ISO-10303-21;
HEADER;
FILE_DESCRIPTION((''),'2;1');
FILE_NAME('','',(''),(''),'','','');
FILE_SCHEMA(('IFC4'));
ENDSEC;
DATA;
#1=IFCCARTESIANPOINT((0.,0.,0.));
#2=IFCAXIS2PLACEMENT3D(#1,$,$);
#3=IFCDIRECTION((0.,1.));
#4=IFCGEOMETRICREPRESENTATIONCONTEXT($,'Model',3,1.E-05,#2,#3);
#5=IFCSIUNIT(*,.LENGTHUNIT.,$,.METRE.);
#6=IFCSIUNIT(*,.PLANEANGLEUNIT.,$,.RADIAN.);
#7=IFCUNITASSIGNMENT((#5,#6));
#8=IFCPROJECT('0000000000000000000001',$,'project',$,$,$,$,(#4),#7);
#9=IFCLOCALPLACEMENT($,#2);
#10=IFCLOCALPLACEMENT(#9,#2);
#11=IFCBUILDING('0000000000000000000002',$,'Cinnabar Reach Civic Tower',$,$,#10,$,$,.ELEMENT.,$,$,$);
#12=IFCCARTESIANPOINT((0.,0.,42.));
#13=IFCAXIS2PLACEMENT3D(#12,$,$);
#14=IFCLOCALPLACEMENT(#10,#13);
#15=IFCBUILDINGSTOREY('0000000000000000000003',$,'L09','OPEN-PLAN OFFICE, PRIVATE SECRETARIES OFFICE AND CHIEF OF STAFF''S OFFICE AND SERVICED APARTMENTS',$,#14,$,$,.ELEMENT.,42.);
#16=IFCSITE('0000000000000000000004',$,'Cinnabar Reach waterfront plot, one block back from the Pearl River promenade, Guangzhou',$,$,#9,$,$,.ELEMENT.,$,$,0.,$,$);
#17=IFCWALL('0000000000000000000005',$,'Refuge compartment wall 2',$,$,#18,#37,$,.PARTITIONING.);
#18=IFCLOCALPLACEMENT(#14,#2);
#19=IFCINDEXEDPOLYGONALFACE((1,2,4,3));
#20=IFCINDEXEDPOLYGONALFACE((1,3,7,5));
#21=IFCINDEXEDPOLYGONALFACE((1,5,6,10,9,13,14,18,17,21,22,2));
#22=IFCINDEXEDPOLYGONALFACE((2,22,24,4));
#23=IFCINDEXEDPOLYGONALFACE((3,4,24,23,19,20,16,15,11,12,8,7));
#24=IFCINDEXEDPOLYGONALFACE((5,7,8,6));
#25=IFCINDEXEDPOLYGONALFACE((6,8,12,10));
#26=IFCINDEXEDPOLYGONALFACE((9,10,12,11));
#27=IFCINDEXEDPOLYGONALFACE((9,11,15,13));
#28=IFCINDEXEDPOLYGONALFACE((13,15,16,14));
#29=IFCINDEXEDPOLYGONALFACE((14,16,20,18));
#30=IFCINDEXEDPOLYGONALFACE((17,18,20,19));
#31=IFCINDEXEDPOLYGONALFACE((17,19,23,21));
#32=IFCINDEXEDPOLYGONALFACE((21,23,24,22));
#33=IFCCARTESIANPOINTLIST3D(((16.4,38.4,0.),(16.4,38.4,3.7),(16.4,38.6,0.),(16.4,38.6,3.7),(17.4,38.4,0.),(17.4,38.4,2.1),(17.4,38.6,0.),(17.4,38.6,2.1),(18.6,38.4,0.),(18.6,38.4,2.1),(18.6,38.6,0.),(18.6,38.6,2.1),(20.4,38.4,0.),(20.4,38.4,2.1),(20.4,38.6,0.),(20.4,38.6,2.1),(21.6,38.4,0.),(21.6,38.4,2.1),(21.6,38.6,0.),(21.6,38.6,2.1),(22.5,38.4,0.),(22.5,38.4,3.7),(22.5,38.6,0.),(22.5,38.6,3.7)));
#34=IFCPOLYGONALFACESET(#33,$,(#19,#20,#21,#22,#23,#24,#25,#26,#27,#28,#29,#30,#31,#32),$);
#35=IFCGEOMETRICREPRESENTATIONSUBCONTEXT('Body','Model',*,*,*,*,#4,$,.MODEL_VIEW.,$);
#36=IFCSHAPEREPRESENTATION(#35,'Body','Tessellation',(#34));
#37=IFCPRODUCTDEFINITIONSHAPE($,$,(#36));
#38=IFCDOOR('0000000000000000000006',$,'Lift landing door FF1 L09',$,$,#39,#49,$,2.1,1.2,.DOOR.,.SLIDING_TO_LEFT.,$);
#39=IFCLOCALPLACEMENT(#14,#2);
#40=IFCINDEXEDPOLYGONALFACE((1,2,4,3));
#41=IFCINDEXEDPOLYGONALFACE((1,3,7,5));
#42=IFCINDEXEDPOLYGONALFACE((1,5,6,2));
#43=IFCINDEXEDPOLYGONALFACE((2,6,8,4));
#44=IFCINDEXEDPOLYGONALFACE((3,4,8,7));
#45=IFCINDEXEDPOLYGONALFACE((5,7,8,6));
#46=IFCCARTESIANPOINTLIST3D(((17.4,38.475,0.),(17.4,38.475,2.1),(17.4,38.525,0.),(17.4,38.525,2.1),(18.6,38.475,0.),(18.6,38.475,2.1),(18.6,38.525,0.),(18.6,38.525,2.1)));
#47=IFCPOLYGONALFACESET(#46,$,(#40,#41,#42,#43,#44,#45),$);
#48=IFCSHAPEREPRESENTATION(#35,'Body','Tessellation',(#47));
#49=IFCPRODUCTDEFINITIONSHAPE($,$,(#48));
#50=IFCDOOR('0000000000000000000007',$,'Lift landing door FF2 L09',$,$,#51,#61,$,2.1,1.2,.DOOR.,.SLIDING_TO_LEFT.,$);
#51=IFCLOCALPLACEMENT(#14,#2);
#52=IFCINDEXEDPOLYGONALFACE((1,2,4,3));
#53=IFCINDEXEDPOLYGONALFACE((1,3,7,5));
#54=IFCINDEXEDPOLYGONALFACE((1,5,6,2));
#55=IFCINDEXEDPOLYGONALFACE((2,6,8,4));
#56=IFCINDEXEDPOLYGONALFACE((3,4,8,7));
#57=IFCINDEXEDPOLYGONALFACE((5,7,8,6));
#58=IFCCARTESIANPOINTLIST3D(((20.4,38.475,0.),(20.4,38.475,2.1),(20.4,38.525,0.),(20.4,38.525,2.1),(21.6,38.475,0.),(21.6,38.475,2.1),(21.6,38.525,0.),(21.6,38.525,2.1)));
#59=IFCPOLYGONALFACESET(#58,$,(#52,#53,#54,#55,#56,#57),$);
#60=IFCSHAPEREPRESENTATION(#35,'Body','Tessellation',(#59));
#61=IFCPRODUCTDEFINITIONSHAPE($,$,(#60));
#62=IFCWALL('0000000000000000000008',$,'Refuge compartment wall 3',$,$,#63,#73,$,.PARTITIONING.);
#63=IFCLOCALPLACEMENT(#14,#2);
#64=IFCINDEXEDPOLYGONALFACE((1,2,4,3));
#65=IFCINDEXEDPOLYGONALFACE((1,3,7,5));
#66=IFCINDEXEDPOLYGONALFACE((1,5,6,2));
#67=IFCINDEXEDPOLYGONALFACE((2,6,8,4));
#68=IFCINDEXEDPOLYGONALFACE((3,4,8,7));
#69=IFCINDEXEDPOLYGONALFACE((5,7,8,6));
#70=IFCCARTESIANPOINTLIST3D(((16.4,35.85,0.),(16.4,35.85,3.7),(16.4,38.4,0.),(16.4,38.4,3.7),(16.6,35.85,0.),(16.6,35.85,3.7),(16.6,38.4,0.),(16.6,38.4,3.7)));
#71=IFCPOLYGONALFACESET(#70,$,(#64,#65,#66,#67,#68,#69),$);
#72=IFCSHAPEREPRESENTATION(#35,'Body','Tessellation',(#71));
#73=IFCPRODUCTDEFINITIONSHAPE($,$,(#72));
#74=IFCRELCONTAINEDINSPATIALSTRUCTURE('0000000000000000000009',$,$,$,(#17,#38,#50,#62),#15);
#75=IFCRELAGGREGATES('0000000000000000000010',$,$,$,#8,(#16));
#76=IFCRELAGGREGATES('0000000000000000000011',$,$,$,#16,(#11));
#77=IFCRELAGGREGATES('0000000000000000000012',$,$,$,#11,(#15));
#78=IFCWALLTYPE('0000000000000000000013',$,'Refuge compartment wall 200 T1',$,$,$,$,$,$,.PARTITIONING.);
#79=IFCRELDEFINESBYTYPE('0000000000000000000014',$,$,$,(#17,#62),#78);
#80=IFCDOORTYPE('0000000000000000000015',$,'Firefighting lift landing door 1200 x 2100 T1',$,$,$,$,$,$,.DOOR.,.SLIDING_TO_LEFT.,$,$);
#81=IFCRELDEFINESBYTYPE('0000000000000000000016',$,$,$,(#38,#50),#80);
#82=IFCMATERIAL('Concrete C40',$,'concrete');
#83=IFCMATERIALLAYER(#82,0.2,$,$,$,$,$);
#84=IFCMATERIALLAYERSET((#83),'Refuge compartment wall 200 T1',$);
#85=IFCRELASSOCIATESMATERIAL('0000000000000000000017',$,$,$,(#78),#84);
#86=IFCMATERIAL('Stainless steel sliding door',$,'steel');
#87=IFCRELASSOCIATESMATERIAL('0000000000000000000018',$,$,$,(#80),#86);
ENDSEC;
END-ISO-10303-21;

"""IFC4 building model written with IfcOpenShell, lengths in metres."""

from ifc_helpers import new_model, si_unit, direction, frame, frame_2d, origin, place, context, subcontext, project, spatial, rectangle, extrude, material, layer, layer_set, type_object, element, fill, save


model = new_model("IFC4")

# Units and contexts
model_context = context("Model", 3, precision=1e-05, world=origin(), true_north=direction((0.0, 1.0)))
body_context = subcontext(model_context, "Body", "Model", "MODEL_VIEW")
ifc_project = project(units=[si_unit("LENGTHUNIT", "METRE"), si_unit("PLANEANGLEUNIT", "RADIAN")], contexts=[model_context])

# Site, building, storey
site_placement = place(None, origin())
site = spatial("IfcSite", under=ifc_project, at=site_placement, Name="Cinnabar Reach waterfront plot, one block back from the Pearl River promenade, Guangzhou", CompositionType="ELEMENT", RefElevation=0.0)
building_placement = place(site_placement, origin())
building = spatial("IfcBuilding", under=site, at=building_placement, Name="Cinnabar Reach Civic Tower", CompositionType="ELEMENT")
storey_placement = place(building_placement, frame((0.0, 0.0, 42.0)))
storey = spatial("IfcBuildingStorey", under=building, at=storey_placement, Name="L09", Description="OPEN-PLAN OFFICE, PRIVATE SECRETARIES OFFICE AND CHIEF OF STAFF'S OFFICE AND SERVICED APARTMENTS", CompositionType="ELEMENT", Elevation=42.0)

# Shared definitions
ifc_material_1 = material(Name="Concrete C40", Category="concrete")
ifc_layer_1 = layer(ifc_material_1, 0.2)
ifc_layer_set_1 = layer_set([ifc_layer_1], Name="Refuge compartment wall 200 T1")
wall_type_1 = type_object("IfcWallType", Name="Refuge compartment wall 200 T1", PredefinedType="PARTITIONING", material=ifc_layer_set_1)

# Wall, openings, doors
wall_1_placement = place(storey_placement, frame((16.4, 38.5, 0.0), z_axis=(0.0, 0.0, 1.0), x_axis=(1.0, 0.0, 0.0)))
wall_1 = element("IfcWall", 1, at=wall_1_placement, inside=storey, type_object=wall_type_1, Name="Refuge compartment wall 2", PredefinedType="PARTITIONING", context=body_context, shape_type="SweptSolid", body=[
    extrude(rectangle(XDim=6.1, YDim=0.2, at=frame_2d((3.05, 0.0))), origin(), (0.0, 0.0, 1.0), 3.7),
])
opening_1_placement = place(wall_1_placement, frame((1.0, 0.0, 0.0)))
opening_1 = element("IfcOpeningElement", 2, at=opening_1_placement, cuts=wall_1, PredefinedType="OPENING", context=body_context, shape_type="SweptSolid", body=[
    extrude(rectangle(XDim=1.2, YDim=2.1, at=frame_2d((0.6, 1.05))), frame((0.0, 0.11, 0.0), z_axis=(0.0, -1.0, 0.0), x_axis=(1.0, 0.0, 0.0)), (0.0, 0.0, 1.0), 0.22),
])
opening_2_placement = place(wall_1_placement, frame((4.0, 0.0, 0.0)))
opening_2 = element("IfcOpeningElement", 3, at=opening_2_placement, cuts=wall_1, PredefinedType="OPENING", context=body_context, shape_type="SweptSolid", body=[
    extrude(rectangle(XDim=1.2, YDim=2.1, at=frame_2d((0.6, 1.05))), frame((0.0, 0.11, 0.0), z_axis=(0.0, -1.0, 0.0), x_axis=(1.0, 0.0, 0.0)), (0.0, 0.0, 1.0), 0.22),
])
ifc_material_2 = material(Name="Stainless steel sliding door", Category="steel")
door_type_1 = type_object("IfcDoorType", Name="Firefighting lift landing door 1200 x 2100 T1", OperationType="SLIDING_TO_LEFT", PredefinedType="DOOR", material=ifc_material_2)
door_1_placement = place(opening_1_placement, origin())
door_1 = element("IfcDoor", 4, at=door_1_placement, inside=storey, type_object=door_type_1, Name="Lift landing door FF1 L09", OperationType="SLIDING_TO_LEFT", OverallHeight=2.1, OverallWidth=1.2, PredefinedType="DOOR", context=body_context, shape_type="SweptSolid", body=[
    extrude(rectangle(XDim=1.2, YDim=2.1, at=frame_2d((0.6, 1.05))), frame((0.0, 0.025, 0.0), z_axis=(0.0, -1.0, 0.0), x_axis=(1.0, 0.0, 0.0)), (0.0, 0.0, 1.0), 0.05),
])
fill(opening_1, door_1)
door_2_placement = place(opening_2_placement, origin())
door_2 = element("IfcDoor", 5, at=door_2_placement, inside=storey, type_object=door_type_1, Name="Lift landing door FF2 L09", OperationType="SLIDING_TO_LEFT", OverallHeight=2.1, OverallWidth=1.2, PredefinedType="DOOR", context=body_context, shape_type="SweptSolid", body=[
    extrude(rectangle(XDim=1.2, YDim=2.1, at=frame_2d((0.6, 1.05))), frame((0.0, 0.025, 0.0), z_axis=(0.0, -1.0, 0.0), x_axis=(1.0, 0.0, 0.0)), (0.0, 0.0, 1.0), 0.05),
])
fill(opening_2, door_2)

# Wall
wall_2_placement = place(storey_placement, frame((16.5, 35.85, 0.0), z_axis=(0.0, 0.0, 1.0), x_axis=(0.0, 1.0, 0.0)))
element("IfcWall", 6, at=wall_2_placement, inside=storey, type_object=wall_type_1, Name="Refuge compartment wall 3", PredefinedType="PARTITIONING", context=body_context, shape_type="SweptSolid", body=[
    extrude(rectangle(XDim=2.55, YDim=0.2, at=frame_2d((1.275, 0.0))), origin(), (0.0, 0.0, 1.0), 3.7),
])

save(model, "model.ifc")
